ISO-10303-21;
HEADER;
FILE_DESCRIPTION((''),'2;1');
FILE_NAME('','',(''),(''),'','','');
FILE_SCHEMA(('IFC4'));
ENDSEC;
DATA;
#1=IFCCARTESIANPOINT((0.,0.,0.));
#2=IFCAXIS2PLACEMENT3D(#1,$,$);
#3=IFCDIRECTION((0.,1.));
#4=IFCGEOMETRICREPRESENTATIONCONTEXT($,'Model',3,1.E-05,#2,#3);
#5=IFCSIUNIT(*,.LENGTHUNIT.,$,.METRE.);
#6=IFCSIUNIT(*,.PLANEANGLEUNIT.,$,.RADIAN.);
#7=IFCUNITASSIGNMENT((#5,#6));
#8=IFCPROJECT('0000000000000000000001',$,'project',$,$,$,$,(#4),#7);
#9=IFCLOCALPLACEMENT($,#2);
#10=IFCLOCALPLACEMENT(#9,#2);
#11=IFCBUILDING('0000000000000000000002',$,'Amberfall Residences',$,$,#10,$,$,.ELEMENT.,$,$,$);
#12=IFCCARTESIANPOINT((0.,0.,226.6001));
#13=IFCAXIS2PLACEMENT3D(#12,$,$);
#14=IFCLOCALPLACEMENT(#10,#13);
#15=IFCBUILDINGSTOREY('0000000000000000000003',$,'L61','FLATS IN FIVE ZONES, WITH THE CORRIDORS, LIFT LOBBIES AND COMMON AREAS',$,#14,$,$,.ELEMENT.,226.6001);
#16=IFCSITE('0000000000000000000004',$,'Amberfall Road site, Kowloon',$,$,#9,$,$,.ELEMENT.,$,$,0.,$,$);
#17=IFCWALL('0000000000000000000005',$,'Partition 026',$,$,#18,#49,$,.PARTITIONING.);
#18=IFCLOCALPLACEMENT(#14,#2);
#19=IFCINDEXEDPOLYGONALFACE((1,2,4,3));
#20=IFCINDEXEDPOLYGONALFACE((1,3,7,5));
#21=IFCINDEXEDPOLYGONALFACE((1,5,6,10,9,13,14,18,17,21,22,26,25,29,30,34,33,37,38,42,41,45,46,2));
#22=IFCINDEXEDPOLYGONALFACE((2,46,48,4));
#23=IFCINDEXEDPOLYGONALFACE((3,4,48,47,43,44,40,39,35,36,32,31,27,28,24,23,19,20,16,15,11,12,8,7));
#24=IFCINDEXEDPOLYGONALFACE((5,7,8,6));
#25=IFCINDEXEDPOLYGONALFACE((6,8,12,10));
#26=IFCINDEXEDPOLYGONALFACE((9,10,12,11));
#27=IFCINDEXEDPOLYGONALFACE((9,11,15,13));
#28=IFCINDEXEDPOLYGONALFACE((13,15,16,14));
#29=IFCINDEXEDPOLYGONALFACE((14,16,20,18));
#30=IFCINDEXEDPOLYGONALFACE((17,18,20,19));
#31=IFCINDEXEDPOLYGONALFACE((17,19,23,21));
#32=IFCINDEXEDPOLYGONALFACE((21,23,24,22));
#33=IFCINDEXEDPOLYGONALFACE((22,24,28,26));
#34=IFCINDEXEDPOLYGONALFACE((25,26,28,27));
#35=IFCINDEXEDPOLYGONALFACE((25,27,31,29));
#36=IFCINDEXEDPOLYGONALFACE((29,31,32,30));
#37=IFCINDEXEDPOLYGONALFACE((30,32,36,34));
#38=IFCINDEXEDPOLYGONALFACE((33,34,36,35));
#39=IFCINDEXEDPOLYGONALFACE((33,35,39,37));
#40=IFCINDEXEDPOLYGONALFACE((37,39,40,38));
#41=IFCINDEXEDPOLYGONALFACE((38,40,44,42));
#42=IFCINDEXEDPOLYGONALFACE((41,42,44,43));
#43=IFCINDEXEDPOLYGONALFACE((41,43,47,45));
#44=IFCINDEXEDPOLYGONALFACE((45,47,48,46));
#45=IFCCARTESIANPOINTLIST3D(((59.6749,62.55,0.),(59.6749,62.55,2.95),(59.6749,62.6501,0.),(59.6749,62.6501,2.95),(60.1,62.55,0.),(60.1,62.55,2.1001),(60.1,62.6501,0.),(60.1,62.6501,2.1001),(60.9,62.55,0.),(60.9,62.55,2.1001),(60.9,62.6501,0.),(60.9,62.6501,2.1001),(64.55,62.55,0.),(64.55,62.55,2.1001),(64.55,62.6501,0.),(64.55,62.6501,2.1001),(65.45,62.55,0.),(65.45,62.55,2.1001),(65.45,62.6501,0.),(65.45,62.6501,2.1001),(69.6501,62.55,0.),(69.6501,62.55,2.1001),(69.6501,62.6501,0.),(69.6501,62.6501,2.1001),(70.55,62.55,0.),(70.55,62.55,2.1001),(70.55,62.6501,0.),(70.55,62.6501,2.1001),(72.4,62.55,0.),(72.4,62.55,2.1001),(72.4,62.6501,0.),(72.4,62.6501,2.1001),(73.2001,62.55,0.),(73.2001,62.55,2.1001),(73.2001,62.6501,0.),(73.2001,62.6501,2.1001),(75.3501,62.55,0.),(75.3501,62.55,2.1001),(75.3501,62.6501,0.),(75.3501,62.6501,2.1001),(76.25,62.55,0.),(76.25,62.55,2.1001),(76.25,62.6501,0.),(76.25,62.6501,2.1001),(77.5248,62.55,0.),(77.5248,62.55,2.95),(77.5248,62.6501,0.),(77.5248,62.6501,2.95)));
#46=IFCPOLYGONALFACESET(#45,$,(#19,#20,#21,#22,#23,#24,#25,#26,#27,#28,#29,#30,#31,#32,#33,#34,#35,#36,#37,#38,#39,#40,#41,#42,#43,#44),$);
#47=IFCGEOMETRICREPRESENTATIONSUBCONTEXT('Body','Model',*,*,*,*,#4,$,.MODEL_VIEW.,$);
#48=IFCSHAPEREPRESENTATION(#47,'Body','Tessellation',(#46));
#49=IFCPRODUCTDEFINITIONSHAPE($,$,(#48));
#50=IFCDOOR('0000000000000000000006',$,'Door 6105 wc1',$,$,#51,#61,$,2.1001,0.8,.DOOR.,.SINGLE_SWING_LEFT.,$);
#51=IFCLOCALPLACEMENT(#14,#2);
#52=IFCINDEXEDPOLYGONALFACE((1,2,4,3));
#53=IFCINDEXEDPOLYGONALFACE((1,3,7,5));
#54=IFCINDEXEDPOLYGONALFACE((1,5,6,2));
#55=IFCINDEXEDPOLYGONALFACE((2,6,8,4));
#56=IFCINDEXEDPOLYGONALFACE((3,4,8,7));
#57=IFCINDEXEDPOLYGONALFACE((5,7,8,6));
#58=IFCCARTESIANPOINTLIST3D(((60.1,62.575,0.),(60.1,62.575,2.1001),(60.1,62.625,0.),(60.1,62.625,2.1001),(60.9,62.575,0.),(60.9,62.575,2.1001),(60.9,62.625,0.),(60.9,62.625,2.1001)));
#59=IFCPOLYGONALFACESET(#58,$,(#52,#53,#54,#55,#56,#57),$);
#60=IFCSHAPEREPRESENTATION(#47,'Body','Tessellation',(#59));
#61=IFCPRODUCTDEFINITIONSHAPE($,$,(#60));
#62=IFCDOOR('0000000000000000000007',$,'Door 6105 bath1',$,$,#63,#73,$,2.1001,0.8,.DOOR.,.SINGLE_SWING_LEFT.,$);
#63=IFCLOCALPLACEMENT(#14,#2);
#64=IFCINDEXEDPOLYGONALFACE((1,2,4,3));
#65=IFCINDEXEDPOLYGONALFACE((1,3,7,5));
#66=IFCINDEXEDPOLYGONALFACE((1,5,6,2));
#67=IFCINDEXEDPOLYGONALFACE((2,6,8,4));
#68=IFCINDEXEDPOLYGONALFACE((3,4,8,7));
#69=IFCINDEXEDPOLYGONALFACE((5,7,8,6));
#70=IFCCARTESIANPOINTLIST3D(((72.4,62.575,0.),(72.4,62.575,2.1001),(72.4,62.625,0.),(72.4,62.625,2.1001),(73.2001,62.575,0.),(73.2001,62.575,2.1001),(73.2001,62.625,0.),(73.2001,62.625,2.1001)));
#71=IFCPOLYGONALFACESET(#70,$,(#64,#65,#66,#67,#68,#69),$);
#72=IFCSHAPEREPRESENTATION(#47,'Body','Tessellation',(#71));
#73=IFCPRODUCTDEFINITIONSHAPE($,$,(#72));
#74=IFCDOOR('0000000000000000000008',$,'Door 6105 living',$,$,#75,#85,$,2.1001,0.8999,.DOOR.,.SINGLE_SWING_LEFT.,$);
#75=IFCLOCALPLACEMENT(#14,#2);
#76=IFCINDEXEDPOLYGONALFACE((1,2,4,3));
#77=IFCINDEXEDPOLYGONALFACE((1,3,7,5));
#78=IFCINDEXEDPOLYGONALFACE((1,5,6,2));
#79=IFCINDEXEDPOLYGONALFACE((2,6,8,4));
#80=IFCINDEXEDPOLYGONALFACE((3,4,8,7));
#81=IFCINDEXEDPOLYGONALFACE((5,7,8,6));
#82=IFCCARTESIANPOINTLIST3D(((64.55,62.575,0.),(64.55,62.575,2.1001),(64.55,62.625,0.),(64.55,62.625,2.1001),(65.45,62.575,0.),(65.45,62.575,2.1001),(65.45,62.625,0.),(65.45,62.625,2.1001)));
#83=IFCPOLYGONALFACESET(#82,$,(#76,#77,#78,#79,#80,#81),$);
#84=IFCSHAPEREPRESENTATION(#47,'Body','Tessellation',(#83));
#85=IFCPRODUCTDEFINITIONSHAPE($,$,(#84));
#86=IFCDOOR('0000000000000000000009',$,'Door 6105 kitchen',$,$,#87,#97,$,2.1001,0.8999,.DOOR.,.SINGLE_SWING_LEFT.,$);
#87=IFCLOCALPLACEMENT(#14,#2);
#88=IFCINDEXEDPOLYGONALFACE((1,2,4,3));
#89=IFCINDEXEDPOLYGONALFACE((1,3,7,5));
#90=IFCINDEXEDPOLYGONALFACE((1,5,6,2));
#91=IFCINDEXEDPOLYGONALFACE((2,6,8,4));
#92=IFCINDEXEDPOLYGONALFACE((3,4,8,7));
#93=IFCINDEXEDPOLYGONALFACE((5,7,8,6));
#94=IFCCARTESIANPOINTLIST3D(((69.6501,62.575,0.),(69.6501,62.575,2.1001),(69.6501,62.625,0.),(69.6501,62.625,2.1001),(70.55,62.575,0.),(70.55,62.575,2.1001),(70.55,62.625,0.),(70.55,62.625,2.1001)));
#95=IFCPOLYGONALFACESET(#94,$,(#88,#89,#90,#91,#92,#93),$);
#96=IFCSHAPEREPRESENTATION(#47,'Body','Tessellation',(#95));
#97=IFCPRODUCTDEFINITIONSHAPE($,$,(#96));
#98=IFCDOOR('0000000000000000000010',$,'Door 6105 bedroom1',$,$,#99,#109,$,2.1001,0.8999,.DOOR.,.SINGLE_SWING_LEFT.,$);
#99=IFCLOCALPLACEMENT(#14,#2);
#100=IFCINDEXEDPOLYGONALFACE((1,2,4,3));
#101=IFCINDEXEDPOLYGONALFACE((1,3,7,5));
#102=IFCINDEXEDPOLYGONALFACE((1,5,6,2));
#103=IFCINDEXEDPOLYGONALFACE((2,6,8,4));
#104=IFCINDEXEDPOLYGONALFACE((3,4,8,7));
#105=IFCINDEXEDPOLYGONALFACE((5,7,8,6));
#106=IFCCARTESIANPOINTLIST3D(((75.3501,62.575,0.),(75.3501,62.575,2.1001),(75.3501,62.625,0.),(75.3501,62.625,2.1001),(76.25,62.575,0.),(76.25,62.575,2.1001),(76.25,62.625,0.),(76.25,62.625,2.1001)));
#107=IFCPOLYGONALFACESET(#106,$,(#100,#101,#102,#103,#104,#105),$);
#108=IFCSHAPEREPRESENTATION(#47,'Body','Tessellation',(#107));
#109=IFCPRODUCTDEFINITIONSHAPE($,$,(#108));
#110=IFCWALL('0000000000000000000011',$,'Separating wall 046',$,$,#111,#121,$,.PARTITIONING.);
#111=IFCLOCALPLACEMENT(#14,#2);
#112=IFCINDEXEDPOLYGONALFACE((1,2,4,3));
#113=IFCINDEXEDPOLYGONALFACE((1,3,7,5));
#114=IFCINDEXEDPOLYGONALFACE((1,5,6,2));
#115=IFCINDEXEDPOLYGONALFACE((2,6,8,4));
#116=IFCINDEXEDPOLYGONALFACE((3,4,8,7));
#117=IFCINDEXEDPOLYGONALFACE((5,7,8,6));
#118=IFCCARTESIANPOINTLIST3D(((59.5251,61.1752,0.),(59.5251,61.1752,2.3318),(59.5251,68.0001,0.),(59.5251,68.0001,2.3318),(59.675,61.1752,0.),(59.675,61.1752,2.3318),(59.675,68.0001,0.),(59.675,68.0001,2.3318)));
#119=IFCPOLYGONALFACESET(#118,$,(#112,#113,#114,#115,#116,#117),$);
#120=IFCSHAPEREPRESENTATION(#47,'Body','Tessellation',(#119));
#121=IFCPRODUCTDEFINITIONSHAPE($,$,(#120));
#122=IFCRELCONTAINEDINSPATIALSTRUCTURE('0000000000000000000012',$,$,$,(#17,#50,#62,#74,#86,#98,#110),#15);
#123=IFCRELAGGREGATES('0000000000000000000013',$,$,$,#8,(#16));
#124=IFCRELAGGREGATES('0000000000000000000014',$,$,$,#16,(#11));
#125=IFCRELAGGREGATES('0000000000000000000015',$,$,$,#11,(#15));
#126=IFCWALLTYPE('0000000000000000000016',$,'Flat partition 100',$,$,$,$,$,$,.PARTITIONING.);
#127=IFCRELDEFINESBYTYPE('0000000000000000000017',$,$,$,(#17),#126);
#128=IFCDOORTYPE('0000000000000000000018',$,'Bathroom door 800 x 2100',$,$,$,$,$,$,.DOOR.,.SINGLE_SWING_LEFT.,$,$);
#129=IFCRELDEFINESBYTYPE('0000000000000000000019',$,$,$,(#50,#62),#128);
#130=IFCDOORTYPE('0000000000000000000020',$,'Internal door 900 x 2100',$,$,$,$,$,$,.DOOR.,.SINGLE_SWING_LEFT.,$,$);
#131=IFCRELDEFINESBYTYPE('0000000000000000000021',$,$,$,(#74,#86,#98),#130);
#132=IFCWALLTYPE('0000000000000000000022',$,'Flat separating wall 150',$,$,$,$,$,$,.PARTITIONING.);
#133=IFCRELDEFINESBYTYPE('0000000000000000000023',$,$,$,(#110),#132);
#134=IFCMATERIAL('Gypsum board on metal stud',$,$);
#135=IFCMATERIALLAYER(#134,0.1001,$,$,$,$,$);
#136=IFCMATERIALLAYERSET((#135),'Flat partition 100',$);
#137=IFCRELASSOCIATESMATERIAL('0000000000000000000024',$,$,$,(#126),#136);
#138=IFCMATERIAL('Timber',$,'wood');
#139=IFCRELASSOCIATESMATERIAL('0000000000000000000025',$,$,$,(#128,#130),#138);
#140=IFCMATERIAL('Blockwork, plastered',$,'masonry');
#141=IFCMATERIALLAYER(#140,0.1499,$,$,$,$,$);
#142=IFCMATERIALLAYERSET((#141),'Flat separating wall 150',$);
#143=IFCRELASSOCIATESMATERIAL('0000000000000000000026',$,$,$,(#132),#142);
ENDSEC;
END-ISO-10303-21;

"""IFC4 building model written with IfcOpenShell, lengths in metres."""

from ifc_helpers import new_model, si_unit, direction, frame, frame_2d, origin, place, context, subcontext, project, spatial, rectangle, extrude, material, layer, layer_set, type_object, element, fill, save


model = new_model("IFC4")

# Units and contexts
model_context = context("Model", 3, precision=1e-05, world=origin(), true_north=direction((0.0, 1.0)))
body_context = subcontext(model_context, "Body", "Model", "MODEL_VIEW")
ifc_project = project(units=[si_unit("LENGTHUNIT", "METRE"), si_unit("PLANEANGLEUNIT", "RADIAN")], contexts=[model_context])

# Site, building, storey
site_placement = place(None, origin())
site = spatial("IfcSite", under=ifc_project, at=site_placement, Name="Amberfall Road site, Kowloon", CompositionType="ELEMENT", RefElevation=0.0)
building_placement = place(site_placement, origin())
building = spatial("IfcBuilding", under=site, at=building_placement, Name="Amberfall Residences", CompositionType="ELEMENT")
storey_placement = place(building_placement, frame((0.0, 0.0, 226.6001)))
storey = spatial("IfcBuildingStorey", under=building, at=storey_placement, Name="L61", Description="FLATS IN FIVE ZONES, WITH THE CORRIDORS, LIFT LOBBIES AND COMMON AREAS", CompositionType="ELEMENT", Elevation=226.6001)

# Shared definitions
ifc_material_1 = material(Name="Gypsum board on metal stud")
ifc_layer_1 = layer(ifc_material_1, 0.1001)
ifc_layer_set_1 = layer_set([ifc_layer_1], Name="Flat partition 100")
wall_type_1 = type_object("IfcWallType", Name="Flat partition 100", PredefinedType="PARTITIONING", material=ifc_layer_set_1)

# Wall, openings, doors
wall_1_placement = place(storey_placement, frame((59.675, 62.6001, 0.0), z_axis=(0.0, 0.0, 1.0), x_axis=(1.0, 0.0, 0.0)))
wall_1 = element("IfcWall", 1, at=wall_1_placement, inside=storey, type_object=wall_type_1, Name="Partition 026", PredefinedType="PARTITIONING", context=body_context, shape_type="SweptSolid", body=[
    extrude(rectangle(XDim=17.8499, YDim=0.1001, at=frame_2d((8.9248, 0.0))), origin(), (0.0, 0.0, 1.0), 2.95),
])
opening_1_placement = place(wall_1_placement, frame((4.875, 0.0, 0.0)))
opening_1 = element("IfcOpeningElement", 2, at=opening_1_placement, cuts=wall_1, PredefinedType="OPENING", context=body_context, shape_type="SweptSolid", body=[
    extrude(rectangle(XDim=0.8999, YDim=2.1001, at=frame_2d((0.45, 1.05))), frame((0.0, 0.0601, 0.0), z_axis=(0.0, -1.0, 0.0), x_axis=(1.0, 0.0, 0.0)), (0.0, 0.0, 1.0), 0.1201),
])
opening_2_placement = place(wall_1_placement, frame((9.9751, 0.0, 0.0)))
opening_2 = element("IfcOpeningElement", 3, at=opening_2_placement, cuts=wall_1, PredefinedType="OPENING", context=body_context, shape_type="SweptSolid", body=[
    extrude(rectangle(XDim=0.8999, YDim=2.1001, at=frame_2d((0.45, 1.05))), frame((0.0, 0.0601, 0.0), z_axis=(0.0, -1.0, 0.0), x_axis=(1.0, 0.0, 0.0)), (0.0, 0.0, 1.0), 0.1201),
])
opening_3_placement = place(wall_1_placement, frame((0.425, 0.0, 0.0)))
opening_3 = element("IfcOpeningElement", 4, at=opening_3_placement, cuts=wall_1, PredefinedType="OPENING", context=body_context, shape_type="SweptSolid", body=[
    extrude(rectangle(XDim=0.8, YDim=2.1001, at=frame_2d((0.3999, 1.05))), frame((0.0, 0.0601, 0.0), z_axis=(0.0, -1.0, 0.0), x_axis=(1.0, 0.0, 0.0)), (0.0, 0.0, 1.0), 0.1201),
])
opening_4_placement = place(wall_1_placement, frame((15.675, 0.0, 0.0)))
opening_4 = element("IfcOpeningElement", 5, at=opening_4_placement, cuts=wall_1, PredefinedType="OPENING", context=body_context, shape_type="SweptSolid", body=[
    extrude(rectangle(XDim=0.8999, YDim=2.1001, at=frame_2d((0.45, 1.05))), frame((0.0, 0.0601, 0.0), z_axis=(0.0, -1.0, 0.0), x_axis=(1.0, 0.0, 0.0)), (0.0, 0.0, 1.0), 0.1201),
])
opening_5_placement = place(wall_1_placement, frame((12.7251, 0.0, 0.0)))
opening_5 = element("IfcOpeningElement", 6, at=opening_5_placement, cuts=wall_1, PredefinedType="OPENING", context=body_context, shape_type="SweptSolid", body=[
    extrude(rectangle(XDim=0.8, YDim=2.1001, at=frame_2d((0.3999, 1.05))), frame((0.0, 0.0601, 0.0), z_axis=(0.0, -1.0, 0.0), x_axis=(1.0, 0.0, 0.0)), (0.0, 0.0, 1.0), 0.1201),
])
ifc_material_2 = material(Name="Timber", Category="wood")
door_type_1 = type_object("IfcDoorType", Name="Bathroom door 800 x 2100", OperationType="SINGLE_SWING_LEFT", PredefinedType="DOOR", material=ifc_material_2)
door_1_placement = place(opening_3_placement, origin())
door_1 = element("IfcDoor", 7, at=door_1_placement, inside=storey, type_object=door_type_1, Name="Door 6105 wc1", OperationType="SINGLE_SWING_LEFT", OverallHeight=2.1001, OverallWidth=0.8, PredefinedType="DOOR", context=body_context, shape_type="SweptSolid", body=[
    extrude(rectangle(XDim=0.8, YDim=2.1001, at=frame_2d((0.3999, 1.05))), frame((0.0, 0.0249, 0.0), z_axis=(0.0, -1.0, 0.0), x_axis=(1.0, 0.0, 0.0)), (0.0, 0.0, 1.0), 0.05),
])
fill(opening_3, door_1)
door_2_placement = place(opening_5_placement, origin())
door_2 = element("IfcDoor", 8, at=door_2_placement, inside=storey, type_object=door_type_1, Name="Door 6105 bath1", OperationType="SINGLE_SWING_LEFT", OverallHeight=2.1001, OverallWidth=0.8, PredefinedType="DOOR", context=body_context, shape_type="SweptSolid", body=[
    extrude(rectangle(XDim=0.8, YDim=2.1001, at=frame_2d((0.3999, 1.05))), frame((0.0, 0.0249, 0.0), z_axis=(0.0, -1.0, 0.0), x_axis=(1.0, 0.0, 0.0)), (0.0, 0.0, 1.0), 0.05),
])
fill(opening_5, door_2)
door_type_2 = type_object("IfcDoorType", Name="Internal door 900 x 2100", OperationType="SINGLE_SWING_LEFT", PredefinedType="DOOR", material=ifc_material_2)
door_3_placement = place(opening_1_placement, origin())
door_3 = element("IfcDoor", 9, at=door_3_placement, inside=storey, type_object=door_type_2, Name="Door 6105 living", OperationType="SINGLE_SWING_LEFT", OverallHeight=2.1001, OverallWidth=0.8999, PredefinedType="DOOR", context=body_context, shape_type="SweptSolid", body=[
    extrude(rectangle(XDim=0.8999, YDim=2.1001, at=frame_2d((0.45, 1.05))), frame((0.0, 0.0249, 0.0), z_axis=(0.0, -1.0, 0.0), x_axis=(1.0, 0.0, 0.0)), (0.0, 0.0, 1.0), 0.05),
])
fill(opening_1, door_3)
door_4_placement = place(opening_2_placement, origin())
door_4 = element("IfcDoor", 10, at=door_4_placement, inside=storey, type_object=door_type_2, Name="Door 6105 kitchen", OperationType="SINGLE_SWING_LEFT", OverallHeight=2.1001, OverallWidth=0.8999, PredefinedType="DOOR", context=body_context, shape_type="SweptSolid", body=[
    extrude(rectangle(XDim=0.8999, YDim=2.1001, at=frame_2d((0.45, 1.05))), frame((0.0, 0.0249, 0.0), z_axis=(0.0, -1.0, 0.0), x_axis=(1.0, 0.0, 0.0)), (0.0, 0.0, 1.0), 0.05),
])
fill(opening_2, door_4)
door_5_placement = place(opening_4_placement, origin())
door_5 = element("IfcDoor", 11, at=door_5_placement, inside=storey, type_object=door_type_2, Name="Door 6105 bedroom1", OperationType="SINGLE_SWING_LEFT", OverallHeight=2.1001, OverallWidth=0.8999, PredefinedType="DOOR", context=body_context, shape_type="SweptSolid", body=[
    extrude(rectangle(XDim=0.8999, YDim=2.1001, at=frame_2d((0.45, 1.05))), frame((0.0, 0.0249, 0.0), z_axis=(0.0, -1.0, 0.0), x_axis=(1.0, 0.0, 0.0)), (0.0, 0.0, 1.0), 0.05),
])
fill(opening_4, door_5)

# Wall
ifc_material_3 = material(Name="Blockwork, plastered", Category="masonry")
ifc_layer_2 = layer(ifc_material_3, 0.1499)
ifc_layer_set_2 = layer_set([ifc_layer_2], Name="Flat separating wall 150")
wall_type_2 = type_object("IfcWallType", Name="Flat separating wall 150", PredefinedType="PARTITIONING", material=ifc_layer_set_2)
wall_2_placement = place(storey_placement, frame((59.6001, 61.175, 0.0), z_axis=(0.0, 0.0, 1.0), x_axis=(0.0, 1.0, 0.0)))
element("IfcWall", 12, at=wall_2_placement, inside=storey, type_object=wall_type_2, Name="Separating wall 046", PredefinedType="PARTITIONING", context=body_context, shape_type="SweptSolid", body=[
    extrude(rectangle(XDim=6.825, YDim=0.1499, at=frame_2d((3.4126, 0.0))), origin(), (0.0, 0.0, 1.0), 2.3318),
])

save(model, "model.ifc")
